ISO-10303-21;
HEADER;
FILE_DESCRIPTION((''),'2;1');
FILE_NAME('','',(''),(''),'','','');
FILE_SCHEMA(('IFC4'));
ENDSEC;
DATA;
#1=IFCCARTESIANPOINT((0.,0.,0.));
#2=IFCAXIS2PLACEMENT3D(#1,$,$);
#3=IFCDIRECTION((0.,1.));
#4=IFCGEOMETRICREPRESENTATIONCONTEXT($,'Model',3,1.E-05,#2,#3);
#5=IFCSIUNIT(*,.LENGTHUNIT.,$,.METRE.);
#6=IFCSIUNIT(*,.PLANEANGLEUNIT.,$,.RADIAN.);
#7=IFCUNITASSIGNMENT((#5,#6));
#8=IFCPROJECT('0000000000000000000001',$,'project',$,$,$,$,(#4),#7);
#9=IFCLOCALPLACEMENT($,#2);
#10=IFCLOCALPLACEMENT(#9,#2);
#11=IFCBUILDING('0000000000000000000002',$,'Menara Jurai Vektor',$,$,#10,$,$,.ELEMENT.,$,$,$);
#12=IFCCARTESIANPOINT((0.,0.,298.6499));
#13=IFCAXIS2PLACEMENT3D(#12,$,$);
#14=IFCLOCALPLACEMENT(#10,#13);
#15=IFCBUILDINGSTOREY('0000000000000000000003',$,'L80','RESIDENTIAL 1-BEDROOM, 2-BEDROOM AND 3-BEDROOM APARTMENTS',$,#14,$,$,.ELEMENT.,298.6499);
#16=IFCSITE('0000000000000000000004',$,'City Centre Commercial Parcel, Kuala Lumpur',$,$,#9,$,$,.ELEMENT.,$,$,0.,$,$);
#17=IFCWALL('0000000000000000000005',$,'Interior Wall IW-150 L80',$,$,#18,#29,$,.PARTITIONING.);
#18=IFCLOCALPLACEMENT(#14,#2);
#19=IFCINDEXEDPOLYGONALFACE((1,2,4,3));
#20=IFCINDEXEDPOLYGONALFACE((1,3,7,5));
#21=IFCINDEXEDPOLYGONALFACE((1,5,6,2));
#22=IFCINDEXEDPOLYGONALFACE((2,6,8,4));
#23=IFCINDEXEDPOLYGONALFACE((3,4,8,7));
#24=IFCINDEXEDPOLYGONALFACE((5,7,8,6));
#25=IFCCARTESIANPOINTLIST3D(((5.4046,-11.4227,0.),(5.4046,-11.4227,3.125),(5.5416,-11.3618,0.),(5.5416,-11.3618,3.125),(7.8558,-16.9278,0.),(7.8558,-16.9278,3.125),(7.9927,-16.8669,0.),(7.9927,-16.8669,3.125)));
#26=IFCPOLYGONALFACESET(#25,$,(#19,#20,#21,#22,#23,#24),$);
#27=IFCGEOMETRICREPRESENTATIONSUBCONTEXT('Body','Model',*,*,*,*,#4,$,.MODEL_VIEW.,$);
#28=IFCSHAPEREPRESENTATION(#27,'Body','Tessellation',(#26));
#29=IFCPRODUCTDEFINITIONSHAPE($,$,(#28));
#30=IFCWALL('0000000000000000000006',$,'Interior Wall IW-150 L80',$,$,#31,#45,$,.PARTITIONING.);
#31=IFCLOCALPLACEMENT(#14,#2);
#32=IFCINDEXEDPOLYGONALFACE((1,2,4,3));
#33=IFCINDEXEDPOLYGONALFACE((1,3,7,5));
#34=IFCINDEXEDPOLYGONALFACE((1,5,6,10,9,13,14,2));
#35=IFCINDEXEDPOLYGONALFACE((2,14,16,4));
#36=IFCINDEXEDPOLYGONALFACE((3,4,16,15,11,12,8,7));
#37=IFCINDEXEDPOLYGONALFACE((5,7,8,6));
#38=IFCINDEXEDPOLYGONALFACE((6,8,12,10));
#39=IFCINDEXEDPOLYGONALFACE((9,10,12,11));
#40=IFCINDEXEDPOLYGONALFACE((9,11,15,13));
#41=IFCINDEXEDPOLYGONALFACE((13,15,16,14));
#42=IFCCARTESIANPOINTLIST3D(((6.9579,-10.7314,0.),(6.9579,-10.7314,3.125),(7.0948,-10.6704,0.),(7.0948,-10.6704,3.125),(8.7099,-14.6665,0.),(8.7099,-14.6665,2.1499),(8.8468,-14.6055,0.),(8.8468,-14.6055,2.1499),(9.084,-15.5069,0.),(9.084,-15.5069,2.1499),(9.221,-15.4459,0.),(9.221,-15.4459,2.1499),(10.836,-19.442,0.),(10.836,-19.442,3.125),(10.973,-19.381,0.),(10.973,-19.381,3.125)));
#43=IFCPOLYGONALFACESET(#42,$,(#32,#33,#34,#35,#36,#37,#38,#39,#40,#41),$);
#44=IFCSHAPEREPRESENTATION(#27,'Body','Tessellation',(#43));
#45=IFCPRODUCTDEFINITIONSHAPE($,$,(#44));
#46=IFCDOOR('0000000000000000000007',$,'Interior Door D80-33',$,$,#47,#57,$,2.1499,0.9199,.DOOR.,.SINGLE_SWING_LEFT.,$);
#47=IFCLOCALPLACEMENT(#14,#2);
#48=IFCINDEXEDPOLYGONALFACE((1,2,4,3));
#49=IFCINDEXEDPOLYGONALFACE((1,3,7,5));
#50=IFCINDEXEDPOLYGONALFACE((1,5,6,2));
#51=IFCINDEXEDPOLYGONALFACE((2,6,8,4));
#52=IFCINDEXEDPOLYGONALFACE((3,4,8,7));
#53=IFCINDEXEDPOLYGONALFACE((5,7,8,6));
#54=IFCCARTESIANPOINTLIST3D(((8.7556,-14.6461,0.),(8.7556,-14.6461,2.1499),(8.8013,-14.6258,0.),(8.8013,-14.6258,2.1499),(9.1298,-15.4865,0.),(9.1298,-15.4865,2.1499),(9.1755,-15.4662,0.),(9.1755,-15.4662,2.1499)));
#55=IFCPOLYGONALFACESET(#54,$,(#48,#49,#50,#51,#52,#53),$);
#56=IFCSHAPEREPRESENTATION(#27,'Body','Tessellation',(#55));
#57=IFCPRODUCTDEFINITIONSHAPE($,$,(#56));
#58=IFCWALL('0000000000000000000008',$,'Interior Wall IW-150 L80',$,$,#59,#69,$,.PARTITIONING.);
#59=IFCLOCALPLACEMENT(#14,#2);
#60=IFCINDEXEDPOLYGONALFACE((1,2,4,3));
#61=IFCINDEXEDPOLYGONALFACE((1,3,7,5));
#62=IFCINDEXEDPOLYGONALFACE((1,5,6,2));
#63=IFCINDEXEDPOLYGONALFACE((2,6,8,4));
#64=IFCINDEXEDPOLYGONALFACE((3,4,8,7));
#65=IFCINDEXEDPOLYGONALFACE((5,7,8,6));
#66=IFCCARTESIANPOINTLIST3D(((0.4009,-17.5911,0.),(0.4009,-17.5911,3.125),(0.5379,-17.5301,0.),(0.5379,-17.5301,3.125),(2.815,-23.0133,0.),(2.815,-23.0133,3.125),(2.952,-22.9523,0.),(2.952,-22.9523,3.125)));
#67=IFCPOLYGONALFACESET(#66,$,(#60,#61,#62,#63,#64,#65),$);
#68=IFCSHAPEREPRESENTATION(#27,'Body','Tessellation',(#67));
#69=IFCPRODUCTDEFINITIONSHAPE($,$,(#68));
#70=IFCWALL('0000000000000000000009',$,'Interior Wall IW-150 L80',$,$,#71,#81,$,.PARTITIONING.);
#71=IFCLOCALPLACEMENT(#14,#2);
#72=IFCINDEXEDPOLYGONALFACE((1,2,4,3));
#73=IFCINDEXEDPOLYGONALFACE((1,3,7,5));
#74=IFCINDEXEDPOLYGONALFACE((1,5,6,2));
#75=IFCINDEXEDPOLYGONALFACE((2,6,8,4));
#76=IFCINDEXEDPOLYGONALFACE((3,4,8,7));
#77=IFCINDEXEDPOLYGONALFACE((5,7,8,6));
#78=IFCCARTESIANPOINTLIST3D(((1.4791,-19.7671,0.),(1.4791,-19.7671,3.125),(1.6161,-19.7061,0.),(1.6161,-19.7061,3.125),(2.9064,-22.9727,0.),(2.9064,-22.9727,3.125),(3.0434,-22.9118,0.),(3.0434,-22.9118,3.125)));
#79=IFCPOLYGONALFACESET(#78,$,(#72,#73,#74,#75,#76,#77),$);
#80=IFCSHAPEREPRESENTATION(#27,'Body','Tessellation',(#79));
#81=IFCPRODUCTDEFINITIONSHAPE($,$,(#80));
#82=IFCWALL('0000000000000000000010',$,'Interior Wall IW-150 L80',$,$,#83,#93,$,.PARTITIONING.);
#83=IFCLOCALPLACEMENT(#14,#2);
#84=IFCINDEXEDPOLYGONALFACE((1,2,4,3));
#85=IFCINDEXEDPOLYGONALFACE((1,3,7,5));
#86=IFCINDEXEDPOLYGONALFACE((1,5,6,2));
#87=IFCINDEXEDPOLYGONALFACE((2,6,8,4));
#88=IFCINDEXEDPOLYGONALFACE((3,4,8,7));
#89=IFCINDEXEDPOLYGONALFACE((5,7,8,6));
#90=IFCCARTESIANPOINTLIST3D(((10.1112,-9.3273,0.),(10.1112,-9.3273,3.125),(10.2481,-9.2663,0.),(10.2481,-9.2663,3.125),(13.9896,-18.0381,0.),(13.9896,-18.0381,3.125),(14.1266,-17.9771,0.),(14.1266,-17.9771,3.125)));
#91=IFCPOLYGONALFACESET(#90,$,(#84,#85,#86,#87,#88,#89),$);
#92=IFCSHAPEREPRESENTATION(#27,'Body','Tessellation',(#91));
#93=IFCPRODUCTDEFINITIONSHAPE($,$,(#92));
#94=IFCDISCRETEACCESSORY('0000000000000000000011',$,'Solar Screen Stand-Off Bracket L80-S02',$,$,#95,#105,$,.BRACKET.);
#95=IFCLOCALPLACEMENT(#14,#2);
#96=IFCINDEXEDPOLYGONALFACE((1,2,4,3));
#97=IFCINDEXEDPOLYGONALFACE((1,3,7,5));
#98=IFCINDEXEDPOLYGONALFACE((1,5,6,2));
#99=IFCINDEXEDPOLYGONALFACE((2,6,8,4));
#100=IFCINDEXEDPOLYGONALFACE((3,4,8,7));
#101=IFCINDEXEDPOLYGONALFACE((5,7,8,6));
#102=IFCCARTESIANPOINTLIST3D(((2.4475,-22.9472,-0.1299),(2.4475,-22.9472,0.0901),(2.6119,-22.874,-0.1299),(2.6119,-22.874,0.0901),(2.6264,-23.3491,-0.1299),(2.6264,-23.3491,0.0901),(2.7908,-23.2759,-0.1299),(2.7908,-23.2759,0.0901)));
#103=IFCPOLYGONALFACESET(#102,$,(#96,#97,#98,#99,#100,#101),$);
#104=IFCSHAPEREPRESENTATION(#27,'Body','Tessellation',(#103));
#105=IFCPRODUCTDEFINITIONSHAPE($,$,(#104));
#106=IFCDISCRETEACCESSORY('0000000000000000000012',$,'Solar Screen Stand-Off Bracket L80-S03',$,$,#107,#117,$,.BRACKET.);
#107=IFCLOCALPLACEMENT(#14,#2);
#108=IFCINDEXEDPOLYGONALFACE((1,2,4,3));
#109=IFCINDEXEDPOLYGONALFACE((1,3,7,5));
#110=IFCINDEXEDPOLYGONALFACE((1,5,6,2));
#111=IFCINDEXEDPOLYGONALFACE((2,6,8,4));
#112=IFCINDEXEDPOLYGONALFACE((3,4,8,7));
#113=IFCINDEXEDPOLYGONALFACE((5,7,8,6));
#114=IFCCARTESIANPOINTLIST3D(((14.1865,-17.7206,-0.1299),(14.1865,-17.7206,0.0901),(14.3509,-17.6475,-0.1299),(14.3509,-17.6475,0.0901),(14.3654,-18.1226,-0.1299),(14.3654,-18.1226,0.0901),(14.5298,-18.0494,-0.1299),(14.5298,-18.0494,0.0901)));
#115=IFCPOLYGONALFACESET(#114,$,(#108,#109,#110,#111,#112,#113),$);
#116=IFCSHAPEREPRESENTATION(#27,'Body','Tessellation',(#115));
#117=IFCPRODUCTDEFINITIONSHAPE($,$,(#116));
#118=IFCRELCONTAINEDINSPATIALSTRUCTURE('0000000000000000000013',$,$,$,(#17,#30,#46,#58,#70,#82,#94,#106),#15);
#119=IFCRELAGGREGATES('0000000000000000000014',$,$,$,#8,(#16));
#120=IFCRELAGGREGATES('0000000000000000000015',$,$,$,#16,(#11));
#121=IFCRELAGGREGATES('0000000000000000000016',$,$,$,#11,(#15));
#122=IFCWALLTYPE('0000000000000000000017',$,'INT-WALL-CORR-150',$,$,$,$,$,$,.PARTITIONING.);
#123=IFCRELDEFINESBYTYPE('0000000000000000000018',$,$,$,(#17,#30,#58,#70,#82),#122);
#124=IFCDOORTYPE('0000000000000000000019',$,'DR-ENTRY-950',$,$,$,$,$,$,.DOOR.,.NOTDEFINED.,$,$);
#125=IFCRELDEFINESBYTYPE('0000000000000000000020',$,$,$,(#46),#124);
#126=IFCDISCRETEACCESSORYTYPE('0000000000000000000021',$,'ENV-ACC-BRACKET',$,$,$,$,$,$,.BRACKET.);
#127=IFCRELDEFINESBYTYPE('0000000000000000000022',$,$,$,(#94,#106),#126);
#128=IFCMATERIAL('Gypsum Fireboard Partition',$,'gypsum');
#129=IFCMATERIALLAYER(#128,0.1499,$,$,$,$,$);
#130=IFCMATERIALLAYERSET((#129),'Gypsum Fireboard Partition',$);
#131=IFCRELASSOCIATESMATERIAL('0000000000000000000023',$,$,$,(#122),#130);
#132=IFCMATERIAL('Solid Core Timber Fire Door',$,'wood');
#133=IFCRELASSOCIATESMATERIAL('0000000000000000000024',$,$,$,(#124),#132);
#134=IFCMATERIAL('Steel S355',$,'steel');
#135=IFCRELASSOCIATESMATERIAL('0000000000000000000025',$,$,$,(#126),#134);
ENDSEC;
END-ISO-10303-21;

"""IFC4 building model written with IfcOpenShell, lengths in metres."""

from ifc_helpers import new_model, si_unit, direction, frame, frame_2d, origin, origin_2d, place, context, subcontext, project, spatial, rectangle, extrude, material, layer, layer_set, type_object, element, fill, save


model = new_model("IFC4")

# Units and contexts
model_context = context("Model", 3, precision=1e-05, world=origin(), true_north=direction((0.0, 1.0)))
body_context = subcontext(model_context, "Body", "Model", "MODEL_VIEW")
ifc_project = project(units=[si_unit("LENGTHUNIT", "METRE"), si_unit("PLANEANGLEUNIT", "RADIAN")], contexts=[model_context])

# Site, building, storey
site_placement = place(None, origin())
site = spatial("IfcSite", under=ifc_project, at=site_placement, Name="City Centre Commercial Parcel, Kuala Lumpur", CompositionType="ELEMENT", RefElevation=0.0)
building_placement = place(site_placement, origin())
building = spatial("IfcBuilding", under=site, at=building_placement, Name="Menara Jurai Vektor", CompositionType="ELEMENT")
storey_placement = place(building_placement, frame((0.0, 0.0, 298.6499)))
storey = spatial("IfcBuildingStorey", under=building, at=storey_placement, Name="L80", Description="RESIDENTIAL 1-BEDROOM, 2-BEDROOM AND 3-BEDROOM APARTMENTS", CompositionType="ELEMENT", Elevation=298.6499)

# Shared definitions
ifc_material_1 = material(Name="Steel S355", Category="steel")

# Shared definitions
ifc_material_2 = material(Name="Gypsum Fireboard Partition", Category="gypsum")
ifc_layer_1 = layer(ifc_material_2, 0.1499)
ifc_layer_set_1 = layer_set([ifc_layer_1], Name="Gypsum Fireboard Partition")
wall_type = type_object("IfcWallType", Name="INT-WALL-CORR-150", PredefinedType="PARTITIONING", material=ifc_layer_set_1)
ifc_material_3 = material(Name="Solid Core Timber Fire Door", Category="wood")
door_type = type_object("IfcDoorType", Name="DR-ENTRY-950", OperationType="NOTDEFINED", PredefinedType="DOOR", material=ifc_material_3)

# Wall
wall_1_placement = place(storey_placement, frame((7.9243, -16.8975, 0.0), z_axis=(0.0, 0.0, 1.0), x_axis=(-0.406755, 0.913537, 0.0)))
element("IfcWall", 1, at=wall_1_placement, inside=storey, type_object=wall_type, Name="Interior Wall IW-150 L80", PredefinedType="PARTITIONING", context=body_context, shape_type="SweptSolid", body=[
    extrude(rectangle(XDim=6.0261, YDim=0.1499, at=frame_2d((3.0132, 0.0))), origin(), (0.0, 0.0, 1.0), 3.125),
])

# Wall, opening, door
wall_2_placement = place(storey_placement, frame((10.9045, -19.4116, 0.0), z_axis=(0.0, 0.0, 1.0), x_axis=(-0.40673, 0.913548, 0.0)))
wall_2 = element("IfcWall", 2, at=wall_2_placement, inside=storey, type_object=wall_type, Name="Interior Wall IW-150 L80", PredefinedType="PARTITIONING", context=body_context, shape_type="SweptSolid", body=[
    extrude(rectangle(XDim=9.5349, YDim=0.1499, at=frame_2d((4.7676, 0.0))), origin(), (0.0, 0.0, 1.0), 3.125),
])
opening_1_placement = place(wall_2_placement, frame((4.3076, 0.0, 0.0)))
opening_1 = element("IfcOpeningElement", 3, at=opening_1_placement, cuts=wall_2, PredefinedType="OPENING", context=body_context, shape_type="SweptSolid", body=[
    extrude(rectangle(XDim=0.9199, YDim=2.1499, at=frame_2d((0.46, 1.075))), frame((0.0, 0.085, 0.0), z_axis=(0.0, -1.0, 0.0), x_axis=(1.0, 0.0, 0.0)), (0.0, 0.0, 1.0), 0.1699),
])
door_1_placement = place(opening_1_placement, origin())
door_1 = element("IfcDoor", 4, at=door_1_placement, inside=storey, type_object=door_type, Name="Interior Door D80-33", OperationType="SINGLE_SWING_LEFT", OverallHeight=2.1499, OverallWidth=0.9199, PredefinedType="DOOR", context=body_context, shape_type="SweptSolid", body=[
    extrude(rectangle(XDim=0.9199, YDim=2.1499, at=frame_2d((0.46, 1.075))), frame((0.0, 0.0249, 0.0), z_axis=(0.0, -1.0, 0.0), x_axis=(1.0, 0.0, 0.0)), (0.0, 0.0, 1.0), 0.05),
])
fill(opening_1, door_1)

# Walls
wall_3_placement = place(storey_placement, frame((2.8835, -22.9829, 0.0), z_axis=(0.0, 0.0, 1.0), x_axis=(-0.406734, 0.913547, 0.0)))
element("IfcWall", 5, at=wall_3_placement, inside=storey, type_object=wall_type, Name="Interior Wall IW-150 L80", PredefinedType="PARTITIONING", context=body_context, shape_type="SweptSolid", body=[
    extrude(rectangle(XDim=5.9353, YDim=0.1499, at=frame_2d((2.9678, 0.0))), origin(), (0.0, 0.0, 1.0), 3.125),
])
wall_4_placement = place(storey_placement, frame((2.9749, -22.9421, 0.0), z_axis=(0.0, 0.0, 1.0), x_axis=(-0.406745, 0.913542, 0.0)))
element("IfcWall", 6, at=wall_4_placement, inside=storey, type_object=wall_type, Name="Interior Wall IW-150 L80", PredefinedType="PARTITIONING", context=body_context, shape_type="SweptSolid", body=[
    extrude(rectangle(XDim=3.509, YDim=0.1499, at=frame_2d((1.7544, 0.0))), origin(), (0.0, 0.0, 1.0), 3.125),
])
wall_5_placement = place(storey_placement, frame((14.0581, -18.0076, 0.0), z_axis=(0.0, 0.0, 1.0), x_axis=(-0.406751, 0.913539, 0.0)))
element("IfcWall", 7, at=wall_5_placement, inside=storey, type_object=wall_type, Name="Interior Wall IW-150 L80", PredefinedType="PARTITIONING", context=body_context, shape_type="SweptSolid", body=[
    extrude(rectangle(XDim=9.5352, YDim=0.1499, at=frame_2d((4.7676, 0.0))), origin(), (0.0, 0.0, 1.0), 3.125),
])

# Discrete accessories
discrete_accessory_type = type_object("IfcDiscreteAccessoryType", Name="ENV-ACC-BRACKET", PredefinedType="BRACKET", material=ifc_material_1)
for number, where, z_axis, x_axis, name in (
    (8, (2.6191, -23.1116, -0.1299), (0.0, 0.0, 1.0), (0.913545, 0.406737, 0.0), "Solar Screen Stand-Off Bracket L80-S02"),
    (9, (14.3582, -17.885, -0.1299), (0.0, 0.0, 1.0), (0.913545, 0.406737, 0.0), "Solar Screen Stand-Off Bracket L80-S03"),
):
    element("IfcDiscreteAccessory", number, at=place(storey_placement, frame(where, z_axis=z_axis, x_axis=x_axis)), inside=storey, type_object=discrete_accessory_type, Name=name, PredefinedType="BRACKET", context=body_context, shape_type="SweptSolid", body=[
        extrude(rectangle(XDim=0.1799, YDim=0.4399, at=origin_2d()), origin(), (0.0, 0.0, 1.0), 0.22),
    ])

save(model, "model.ifc")
